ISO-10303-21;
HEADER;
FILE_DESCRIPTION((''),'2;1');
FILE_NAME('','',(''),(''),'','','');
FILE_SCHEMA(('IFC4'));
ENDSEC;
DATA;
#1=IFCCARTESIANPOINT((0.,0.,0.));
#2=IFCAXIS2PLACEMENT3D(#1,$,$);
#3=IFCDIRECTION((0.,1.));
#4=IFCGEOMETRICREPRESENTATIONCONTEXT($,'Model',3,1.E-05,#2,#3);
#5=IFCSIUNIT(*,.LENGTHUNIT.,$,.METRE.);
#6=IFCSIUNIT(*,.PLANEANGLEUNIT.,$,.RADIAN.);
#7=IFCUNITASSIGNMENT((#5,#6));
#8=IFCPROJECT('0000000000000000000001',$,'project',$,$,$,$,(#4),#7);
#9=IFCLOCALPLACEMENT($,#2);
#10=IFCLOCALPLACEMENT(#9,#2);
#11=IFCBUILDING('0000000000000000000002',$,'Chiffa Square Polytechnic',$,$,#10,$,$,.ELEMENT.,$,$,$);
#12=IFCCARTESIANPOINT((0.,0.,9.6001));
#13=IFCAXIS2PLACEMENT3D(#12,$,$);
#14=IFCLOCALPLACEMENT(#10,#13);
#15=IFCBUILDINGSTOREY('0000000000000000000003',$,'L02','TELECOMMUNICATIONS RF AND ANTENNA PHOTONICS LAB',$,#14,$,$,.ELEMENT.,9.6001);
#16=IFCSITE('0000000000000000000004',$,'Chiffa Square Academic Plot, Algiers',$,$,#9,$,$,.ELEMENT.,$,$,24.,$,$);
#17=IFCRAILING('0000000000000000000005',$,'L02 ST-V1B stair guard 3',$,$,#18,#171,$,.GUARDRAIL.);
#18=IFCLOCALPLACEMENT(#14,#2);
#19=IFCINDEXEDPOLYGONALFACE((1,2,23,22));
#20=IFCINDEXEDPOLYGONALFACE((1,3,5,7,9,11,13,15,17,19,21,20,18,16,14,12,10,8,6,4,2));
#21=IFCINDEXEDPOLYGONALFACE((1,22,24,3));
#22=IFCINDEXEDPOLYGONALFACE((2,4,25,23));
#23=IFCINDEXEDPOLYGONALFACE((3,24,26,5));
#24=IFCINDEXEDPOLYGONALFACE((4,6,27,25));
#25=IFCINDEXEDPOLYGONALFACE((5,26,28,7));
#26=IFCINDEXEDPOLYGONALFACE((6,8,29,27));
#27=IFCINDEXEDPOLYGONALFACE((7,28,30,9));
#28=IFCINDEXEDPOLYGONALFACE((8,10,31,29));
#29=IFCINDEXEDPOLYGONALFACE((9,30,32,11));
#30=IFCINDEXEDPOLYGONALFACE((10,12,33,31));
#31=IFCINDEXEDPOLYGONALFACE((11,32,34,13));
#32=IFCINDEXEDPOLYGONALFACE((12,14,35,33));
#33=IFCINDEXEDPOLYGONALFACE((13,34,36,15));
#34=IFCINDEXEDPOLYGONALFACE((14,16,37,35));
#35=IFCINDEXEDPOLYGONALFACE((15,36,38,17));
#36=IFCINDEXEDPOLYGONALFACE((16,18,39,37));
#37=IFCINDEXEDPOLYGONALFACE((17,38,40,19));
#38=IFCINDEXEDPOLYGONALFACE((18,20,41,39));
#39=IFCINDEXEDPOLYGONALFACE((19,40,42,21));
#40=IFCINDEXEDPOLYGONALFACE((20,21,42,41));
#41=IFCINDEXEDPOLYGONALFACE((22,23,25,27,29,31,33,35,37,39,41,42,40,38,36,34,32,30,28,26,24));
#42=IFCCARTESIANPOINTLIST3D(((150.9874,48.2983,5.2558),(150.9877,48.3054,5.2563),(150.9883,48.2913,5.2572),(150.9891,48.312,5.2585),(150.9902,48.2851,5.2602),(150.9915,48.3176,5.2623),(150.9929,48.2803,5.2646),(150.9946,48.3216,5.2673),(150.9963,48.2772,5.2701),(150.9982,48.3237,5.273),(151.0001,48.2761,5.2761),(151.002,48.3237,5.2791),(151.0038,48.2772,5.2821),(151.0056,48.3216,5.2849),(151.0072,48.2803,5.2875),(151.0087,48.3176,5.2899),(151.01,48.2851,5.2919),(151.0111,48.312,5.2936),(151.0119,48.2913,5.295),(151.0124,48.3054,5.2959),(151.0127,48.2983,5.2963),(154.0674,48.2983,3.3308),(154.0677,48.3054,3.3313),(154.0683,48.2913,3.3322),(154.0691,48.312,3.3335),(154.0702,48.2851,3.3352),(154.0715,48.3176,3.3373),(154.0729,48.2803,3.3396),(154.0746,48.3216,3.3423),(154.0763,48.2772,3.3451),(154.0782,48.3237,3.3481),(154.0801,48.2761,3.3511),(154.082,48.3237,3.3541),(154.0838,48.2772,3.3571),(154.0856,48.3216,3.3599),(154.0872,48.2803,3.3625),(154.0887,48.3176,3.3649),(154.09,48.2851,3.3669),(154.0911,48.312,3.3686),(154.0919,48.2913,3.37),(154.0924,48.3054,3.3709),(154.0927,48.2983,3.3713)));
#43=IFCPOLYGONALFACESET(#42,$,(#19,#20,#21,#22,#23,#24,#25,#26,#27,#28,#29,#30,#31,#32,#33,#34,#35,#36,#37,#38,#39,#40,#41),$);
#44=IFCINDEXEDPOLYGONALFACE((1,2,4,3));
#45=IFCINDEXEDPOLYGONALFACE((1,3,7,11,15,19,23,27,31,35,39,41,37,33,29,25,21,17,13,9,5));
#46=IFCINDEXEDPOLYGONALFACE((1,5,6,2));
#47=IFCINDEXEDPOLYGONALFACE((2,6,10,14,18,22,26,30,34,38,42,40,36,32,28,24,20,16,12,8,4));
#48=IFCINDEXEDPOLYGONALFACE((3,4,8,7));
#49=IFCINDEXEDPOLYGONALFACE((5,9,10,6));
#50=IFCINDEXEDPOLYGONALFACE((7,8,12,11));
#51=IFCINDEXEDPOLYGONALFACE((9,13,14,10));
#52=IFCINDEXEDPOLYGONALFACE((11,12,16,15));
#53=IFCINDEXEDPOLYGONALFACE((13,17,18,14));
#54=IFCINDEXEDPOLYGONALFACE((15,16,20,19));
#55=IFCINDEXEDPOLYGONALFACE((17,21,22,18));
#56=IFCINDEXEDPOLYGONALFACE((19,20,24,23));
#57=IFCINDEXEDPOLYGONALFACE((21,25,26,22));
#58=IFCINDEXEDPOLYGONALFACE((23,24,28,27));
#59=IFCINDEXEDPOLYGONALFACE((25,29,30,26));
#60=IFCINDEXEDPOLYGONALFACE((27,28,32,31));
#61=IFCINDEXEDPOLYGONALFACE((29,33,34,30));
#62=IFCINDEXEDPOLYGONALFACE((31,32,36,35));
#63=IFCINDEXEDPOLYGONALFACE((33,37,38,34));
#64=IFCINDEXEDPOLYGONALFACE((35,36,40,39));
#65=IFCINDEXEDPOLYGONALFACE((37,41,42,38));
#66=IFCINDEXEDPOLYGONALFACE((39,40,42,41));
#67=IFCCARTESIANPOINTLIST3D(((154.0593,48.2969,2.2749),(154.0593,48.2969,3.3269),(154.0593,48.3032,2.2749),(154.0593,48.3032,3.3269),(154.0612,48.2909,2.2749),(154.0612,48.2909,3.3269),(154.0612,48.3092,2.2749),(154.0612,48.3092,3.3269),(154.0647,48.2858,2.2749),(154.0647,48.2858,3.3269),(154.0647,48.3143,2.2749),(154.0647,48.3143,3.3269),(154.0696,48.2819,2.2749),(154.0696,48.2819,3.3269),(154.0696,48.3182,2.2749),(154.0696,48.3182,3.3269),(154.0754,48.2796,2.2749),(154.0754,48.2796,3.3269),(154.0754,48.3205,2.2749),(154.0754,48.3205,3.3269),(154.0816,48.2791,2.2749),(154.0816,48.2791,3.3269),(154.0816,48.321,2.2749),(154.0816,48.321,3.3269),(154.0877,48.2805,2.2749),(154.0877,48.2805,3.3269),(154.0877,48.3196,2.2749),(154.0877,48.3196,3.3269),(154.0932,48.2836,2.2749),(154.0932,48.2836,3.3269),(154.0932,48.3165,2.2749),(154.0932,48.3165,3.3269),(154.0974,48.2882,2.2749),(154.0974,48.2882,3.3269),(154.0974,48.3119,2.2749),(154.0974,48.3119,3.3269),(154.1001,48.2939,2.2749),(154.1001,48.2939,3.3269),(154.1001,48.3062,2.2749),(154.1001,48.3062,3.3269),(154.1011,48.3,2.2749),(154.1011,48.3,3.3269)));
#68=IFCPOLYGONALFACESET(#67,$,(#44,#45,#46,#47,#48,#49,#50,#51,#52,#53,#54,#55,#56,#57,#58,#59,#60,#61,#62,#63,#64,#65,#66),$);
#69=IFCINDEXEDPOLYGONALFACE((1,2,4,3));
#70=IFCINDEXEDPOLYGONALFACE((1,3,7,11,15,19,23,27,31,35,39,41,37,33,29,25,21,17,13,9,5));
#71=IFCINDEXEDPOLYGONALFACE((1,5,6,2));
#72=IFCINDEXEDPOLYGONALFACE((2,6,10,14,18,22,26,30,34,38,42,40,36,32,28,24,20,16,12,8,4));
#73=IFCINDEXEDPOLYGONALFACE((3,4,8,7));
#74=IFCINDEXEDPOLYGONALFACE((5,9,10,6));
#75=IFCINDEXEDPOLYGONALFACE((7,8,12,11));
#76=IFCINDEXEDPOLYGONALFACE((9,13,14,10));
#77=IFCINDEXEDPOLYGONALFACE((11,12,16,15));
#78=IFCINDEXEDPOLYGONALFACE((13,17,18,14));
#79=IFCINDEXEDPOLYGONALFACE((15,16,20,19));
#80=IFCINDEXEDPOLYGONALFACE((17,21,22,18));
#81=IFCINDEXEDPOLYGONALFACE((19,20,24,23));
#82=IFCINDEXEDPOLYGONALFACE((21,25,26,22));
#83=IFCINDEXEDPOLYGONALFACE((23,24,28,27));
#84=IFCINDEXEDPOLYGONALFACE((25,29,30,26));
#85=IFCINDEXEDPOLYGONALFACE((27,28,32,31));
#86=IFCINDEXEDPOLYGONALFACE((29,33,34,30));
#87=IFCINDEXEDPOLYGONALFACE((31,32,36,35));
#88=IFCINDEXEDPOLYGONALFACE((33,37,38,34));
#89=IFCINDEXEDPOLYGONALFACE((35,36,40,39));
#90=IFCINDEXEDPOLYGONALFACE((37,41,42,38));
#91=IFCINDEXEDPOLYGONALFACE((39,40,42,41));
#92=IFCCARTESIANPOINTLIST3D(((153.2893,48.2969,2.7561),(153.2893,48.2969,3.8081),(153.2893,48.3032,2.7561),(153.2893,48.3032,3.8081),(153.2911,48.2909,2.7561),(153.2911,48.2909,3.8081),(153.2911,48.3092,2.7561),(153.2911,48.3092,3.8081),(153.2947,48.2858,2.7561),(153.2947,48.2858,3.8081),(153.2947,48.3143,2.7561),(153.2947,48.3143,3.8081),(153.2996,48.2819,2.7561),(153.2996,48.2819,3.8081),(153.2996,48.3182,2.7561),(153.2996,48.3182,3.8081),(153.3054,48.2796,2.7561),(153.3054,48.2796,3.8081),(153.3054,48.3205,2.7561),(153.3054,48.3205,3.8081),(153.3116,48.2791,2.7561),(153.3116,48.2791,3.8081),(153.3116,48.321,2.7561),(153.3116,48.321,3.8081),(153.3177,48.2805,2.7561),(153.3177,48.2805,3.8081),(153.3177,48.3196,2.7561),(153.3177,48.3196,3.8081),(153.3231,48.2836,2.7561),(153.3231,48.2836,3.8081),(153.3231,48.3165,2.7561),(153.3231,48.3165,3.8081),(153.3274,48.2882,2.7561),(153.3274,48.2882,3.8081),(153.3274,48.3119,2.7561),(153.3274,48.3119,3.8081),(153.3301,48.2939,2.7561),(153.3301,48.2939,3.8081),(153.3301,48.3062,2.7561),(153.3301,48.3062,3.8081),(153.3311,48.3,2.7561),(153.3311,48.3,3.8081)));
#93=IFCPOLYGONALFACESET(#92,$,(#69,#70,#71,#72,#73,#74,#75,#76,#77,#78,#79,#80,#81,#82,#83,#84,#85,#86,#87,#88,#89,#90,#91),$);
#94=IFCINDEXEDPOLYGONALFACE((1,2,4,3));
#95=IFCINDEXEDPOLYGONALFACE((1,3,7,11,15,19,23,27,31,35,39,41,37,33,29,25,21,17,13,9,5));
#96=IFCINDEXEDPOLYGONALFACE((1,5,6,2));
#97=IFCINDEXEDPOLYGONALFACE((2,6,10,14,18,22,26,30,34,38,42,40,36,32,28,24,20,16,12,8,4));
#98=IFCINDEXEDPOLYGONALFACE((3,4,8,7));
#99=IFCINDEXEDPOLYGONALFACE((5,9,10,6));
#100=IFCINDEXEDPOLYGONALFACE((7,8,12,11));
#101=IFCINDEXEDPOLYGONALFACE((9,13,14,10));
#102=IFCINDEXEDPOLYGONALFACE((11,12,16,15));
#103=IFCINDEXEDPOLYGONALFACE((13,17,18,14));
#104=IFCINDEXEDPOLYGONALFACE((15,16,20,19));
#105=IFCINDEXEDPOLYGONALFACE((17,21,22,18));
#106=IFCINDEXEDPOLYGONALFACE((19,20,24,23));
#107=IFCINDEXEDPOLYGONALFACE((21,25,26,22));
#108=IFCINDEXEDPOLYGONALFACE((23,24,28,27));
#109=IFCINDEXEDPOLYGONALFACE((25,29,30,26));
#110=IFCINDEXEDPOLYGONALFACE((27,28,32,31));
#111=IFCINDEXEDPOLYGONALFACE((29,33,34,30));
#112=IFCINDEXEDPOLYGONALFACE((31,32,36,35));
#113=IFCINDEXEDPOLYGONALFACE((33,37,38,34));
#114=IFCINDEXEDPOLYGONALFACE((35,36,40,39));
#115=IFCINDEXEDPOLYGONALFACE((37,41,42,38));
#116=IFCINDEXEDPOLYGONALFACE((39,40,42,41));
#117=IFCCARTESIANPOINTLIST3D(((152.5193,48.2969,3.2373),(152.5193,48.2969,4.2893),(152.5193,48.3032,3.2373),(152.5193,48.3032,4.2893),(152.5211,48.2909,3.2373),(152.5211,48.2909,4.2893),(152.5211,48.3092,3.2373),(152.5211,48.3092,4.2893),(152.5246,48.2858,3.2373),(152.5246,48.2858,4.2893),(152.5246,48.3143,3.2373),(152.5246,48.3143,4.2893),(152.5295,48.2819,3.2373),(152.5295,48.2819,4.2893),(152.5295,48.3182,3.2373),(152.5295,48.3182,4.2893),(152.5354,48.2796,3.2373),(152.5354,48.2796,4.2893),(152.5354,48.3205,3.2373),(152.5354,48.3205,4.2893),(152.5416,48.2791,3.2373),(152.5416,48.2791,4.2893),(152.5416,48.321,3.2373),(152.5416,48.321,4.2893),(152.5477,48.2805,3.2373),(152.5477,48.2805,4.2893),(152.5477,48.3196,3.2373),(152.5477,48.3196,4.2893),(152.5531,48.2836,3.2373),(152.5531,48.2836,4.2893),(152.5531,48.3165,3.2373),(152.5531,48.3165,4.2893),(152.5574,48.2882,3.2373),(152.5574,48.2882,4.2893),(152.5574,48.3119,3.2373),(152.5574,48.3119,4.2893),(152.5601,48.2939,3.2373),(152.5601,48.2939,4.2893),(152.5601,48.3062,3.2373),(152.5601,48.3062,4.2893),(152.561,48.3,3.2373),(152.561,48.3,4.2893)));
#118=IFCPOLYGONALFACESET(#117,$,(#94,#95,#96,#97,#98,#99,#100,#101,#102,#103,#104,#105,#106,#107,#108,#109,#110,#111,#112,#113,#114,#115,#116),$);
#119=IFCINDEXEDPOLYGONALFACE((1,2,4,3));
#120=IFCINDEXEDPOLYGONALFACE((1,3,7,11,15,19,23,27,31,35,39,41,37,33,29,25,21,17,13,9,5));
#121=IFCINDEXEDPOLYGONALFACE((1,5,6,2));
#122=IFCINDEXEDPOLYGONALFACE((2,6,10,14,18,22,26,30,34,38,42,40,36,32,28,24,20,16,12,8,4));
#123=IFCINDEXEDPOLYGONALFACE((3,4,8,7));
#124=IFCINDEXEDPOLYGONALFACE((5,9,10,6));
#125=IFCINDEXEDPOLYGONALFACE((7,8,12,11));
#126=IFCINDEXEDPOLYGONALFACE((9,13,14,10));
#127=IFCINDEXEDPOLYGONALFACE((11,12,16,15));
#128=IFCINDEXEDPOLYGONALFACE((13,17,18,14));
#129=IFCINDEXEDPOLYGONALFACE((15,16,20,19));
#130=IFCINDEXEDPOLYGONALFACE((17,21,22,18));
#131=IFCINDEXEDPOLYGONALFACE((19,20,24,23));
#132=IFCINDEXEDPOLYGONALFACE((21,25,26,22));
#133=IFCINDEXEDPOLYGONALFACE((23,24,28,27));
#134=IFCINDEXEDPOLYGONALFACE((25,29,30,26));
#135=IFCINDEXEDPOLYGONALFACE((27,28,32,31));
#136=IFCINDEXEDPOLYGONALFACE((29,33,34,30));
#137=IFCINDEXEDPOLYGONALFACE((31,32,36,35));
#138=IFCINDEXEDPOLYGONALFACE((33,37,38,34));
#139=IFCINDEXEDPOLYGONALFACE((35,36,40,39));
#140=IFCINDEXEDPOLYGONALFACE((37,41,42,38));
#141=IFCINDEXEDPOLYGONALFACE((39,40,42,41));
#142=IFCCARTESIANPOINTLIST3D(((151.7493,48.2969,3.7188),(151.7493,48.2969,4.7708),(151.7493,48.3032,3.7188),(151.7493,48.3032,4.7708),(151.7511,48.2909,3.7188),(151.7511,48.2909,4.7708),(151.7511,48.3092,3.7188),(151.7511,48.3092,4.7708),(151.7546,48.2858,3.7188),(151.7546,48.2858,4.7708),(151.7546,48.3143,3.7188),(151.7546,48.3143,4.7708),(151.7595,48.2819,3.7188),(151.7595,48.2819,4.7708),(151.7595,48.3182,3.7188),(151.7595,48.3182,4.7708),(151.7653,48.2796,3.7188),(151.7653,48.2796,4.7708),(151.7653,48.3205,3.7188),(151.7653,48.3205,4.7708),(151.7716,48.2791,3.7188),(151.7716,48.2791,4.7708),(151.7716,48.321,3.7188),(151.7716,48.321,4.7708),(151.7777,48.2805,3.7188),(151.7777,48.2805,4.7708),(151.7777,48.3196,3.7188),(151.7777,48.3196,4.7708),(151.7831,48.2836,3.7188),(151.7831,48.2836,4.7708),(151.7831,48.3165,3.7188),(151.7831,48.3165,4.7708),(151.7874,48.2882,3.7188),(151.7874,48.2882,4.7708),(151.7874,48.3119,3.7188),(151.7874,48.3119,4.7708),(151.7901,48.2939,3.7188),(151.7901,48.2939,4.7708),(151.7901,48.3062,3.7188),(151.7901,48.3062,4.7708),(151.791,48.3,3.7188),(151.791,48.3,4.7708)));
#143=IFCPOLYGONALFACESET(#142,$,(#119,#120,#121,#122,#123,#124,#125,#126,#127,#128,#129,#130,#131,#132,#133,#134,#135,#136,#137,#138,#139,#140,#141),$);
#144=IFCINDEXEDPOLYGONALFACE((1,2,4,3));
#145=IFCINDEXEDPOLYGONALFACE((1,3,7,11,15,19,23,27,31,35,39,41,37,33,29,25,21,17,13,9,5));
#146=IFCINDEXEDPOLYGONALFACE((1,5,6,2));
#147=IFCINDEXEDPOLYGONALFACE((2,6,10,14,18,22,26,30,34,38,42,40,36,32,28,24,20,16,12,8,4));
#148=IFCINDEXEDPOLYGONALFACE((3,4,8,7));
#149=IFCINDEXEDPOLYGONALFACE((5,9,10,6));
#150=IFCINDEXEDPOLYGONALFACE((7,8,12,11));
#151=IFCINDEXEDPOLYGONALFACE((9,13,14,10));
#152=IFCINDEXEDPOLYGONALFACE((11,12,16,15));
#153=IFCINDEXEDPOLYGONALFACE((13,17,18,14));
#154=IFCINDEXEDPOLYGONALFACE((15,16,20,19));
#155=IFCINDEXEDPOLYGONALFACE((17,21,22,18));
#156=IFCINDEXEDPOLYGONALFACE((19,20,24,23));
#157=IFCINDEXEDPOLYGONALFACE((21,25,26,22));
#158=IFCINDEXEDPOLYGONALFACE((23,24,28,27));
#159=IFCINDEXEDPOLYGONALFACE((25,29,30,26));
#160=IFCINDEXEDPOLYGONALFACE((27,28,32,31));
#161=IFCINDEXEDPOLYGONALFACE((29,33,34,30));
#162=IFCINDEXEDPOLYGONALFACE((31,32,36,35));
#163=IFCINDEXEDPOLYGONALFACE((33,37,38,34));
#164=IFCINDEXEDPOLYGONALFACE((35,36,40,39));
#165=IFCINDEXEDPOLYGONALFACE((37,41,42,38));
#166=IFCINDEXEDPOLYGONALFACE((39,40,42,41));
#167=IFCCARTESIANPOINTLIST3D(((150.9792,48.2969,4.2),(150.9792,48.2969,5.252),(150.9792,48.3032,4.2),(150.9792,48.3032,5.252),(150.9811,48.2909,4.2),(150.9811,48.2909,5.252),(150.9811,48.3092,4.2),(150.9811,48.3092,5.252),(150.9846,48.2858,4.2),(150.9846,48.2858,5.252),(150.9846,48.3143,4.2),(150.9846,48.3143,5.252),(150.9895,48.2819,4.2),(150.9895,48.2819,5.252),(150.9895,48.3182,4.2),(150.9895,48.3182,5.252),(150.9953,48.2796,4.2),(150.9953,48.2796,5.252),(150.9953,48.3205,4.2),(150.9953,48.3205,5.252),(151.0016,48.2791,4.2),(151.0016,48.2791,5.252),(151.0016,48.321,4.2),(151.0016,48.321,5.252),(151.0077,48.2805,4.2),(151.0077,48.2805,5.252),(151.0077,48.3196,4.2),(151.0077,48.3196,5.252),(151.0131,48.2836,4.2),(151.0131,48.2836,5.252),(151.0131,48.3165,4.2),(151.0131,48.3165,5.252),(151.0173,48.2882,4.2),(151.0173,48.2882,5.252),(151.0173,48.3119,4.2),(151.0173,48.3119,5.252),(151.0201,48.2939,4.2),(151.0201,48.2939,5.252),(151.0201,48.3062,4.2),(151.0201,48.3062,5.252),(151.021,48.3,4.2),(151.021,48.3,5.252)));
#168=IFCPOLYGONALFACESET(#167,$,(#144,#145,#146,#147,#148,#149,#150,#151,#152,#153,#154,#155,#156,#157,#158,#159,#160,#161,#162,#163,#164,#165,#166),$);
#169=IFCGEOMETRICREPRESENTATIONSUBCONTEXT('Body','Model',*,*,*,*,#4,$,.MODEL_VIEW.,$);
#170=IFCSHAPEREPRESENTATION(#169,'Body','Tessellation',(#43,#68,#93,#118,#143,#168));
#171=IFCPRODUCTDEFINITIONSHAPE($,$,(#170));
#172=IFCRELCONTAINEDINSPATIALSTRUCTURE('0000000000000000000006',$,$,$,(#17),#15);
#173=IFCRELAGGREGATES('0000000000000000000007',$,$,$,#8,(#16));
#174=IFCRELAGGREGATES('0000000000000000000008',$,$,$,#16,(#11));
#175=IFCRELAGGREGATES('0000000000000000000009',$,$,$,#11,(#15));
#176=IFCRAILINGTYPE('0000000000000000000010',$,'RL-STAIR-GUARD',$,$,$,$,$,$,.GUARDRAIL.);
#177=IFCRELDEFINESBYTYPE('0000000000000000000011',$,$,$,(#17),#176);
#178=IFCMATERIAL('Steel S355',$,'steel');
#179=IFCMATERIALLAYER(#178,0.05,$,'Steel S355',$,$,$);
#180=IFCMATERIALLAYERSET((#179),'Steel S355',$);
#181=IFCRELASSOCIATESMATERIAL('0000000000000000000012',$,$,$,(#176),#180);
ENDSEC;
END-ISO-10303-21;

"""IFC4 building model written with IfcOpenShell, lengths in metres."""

from ifc_helpers import new_model, si_unit, direction, frame, origin, origin_2d, place, context, subcontext, project, spatial, circle, extrude, material, layer, layer_set, type_object, element, save


model = new_model("IFC4")

# Units and contexts
model_context = context("Model", 3, precision=1e-05, world=origin(), true_north=direction((0.0, 1.0)))
body_context = subcontext(model_context, "Body", "Model", "MODEL_VIEW")
ifc_project = project(units=[si_unit("LENGTHUNIT", "METRE"), si_unit("PLANEANGLEUNIT", "RADIAN")], contexts=[model_context])

# Site, building, storey
site_placement = place(None, origin())
site = spatial("IfcSite", under=ifc_project, at=site_placement, Name="Chiffa Square Academic Plot, Algiers", CompositionType="ELEMENT", RefElevation=24.0)
building_placement = place(site_placement, origin())
building = spatial("IfcBuilding", under=site, at=building_placement, Name="Chiffa Square Polytechnic", CompositionType="ELEMENT")
storey_placement = place(building_placement, frame((0.0, 0.0, 9.6001)))
storey = spatial("IfcBuildingStorey", under=building, at=storey_placement, Name="L02", Description="TELECOMMUNICATIONS RF AND ANTENNA PHOTONICS LAB", CompositionType="ELEMENT", Elevation=9.6001)

# Shared definitions
ifc_material_1 = material(Name="Steel S355", Category="steel")

# Railing
ifc_layer_1 = layer(ifc_material_1, 0.05, Name="Steel S355")
ifc_layer_set_1 = layer_set([ifc_layer_1], Name="Steel S355")
railing_type_1 = type_object("IfcRailingType", Name="RL-STAIR-GUARD", PredefinedType="GUARDRAIL", material=ifc_layer_set_1)
railing_1_placement = place(storey_placement, frame((154.0801, 48.3, 2.2749)))
element("IfcRailing", 1, at=railing_1_placement, inside=storey, type_object=railing_type_1, Name="L02 ST-V1B stair guard 3", PredefinedType="GUARDRAIL", context=body_context, shape_type="SweptSolid", body=[
    extrude(circle(Radius=0.0239, at=origin_2d()), frame((0.0, 0.0, 1.0762), z_axis=(-0.847998, 0.0, 0.529999), x_axis=(0.0, -1.0, 0.0)), (0.0, 0.0, 1.0), 3.6321),
    extrude(circle(Radius=0.021, at=origin_2d()), origin(), (0.0, 0.0, 1.0), 1.052),
    extrude(circle(Radius=0.021, at=origin_2d()), frame((-0.77, 0.0, 0.4812)), (0.0, 0.0, 1.0), 1.052),
    extrude(circle(Radius=0.021, at=origin_2d()), frame((-1.54, 0.0, 0.9624)), (0.0, 0.0, 1.0), 1.052),
    extrude(circle(Radius=0.021, at=origin_2d()), frame((-2.3101, 0.0, 1.4438)), (0.0, 0.0, 1.0), 1.052),
    extrude(circle(Radius=0.021, at=origin_2d()), frame((-3.0801, 0.0, 1.925)), (0.0, 0.0, 1.0), 1.052),
])

save(model, "model.ifc")
